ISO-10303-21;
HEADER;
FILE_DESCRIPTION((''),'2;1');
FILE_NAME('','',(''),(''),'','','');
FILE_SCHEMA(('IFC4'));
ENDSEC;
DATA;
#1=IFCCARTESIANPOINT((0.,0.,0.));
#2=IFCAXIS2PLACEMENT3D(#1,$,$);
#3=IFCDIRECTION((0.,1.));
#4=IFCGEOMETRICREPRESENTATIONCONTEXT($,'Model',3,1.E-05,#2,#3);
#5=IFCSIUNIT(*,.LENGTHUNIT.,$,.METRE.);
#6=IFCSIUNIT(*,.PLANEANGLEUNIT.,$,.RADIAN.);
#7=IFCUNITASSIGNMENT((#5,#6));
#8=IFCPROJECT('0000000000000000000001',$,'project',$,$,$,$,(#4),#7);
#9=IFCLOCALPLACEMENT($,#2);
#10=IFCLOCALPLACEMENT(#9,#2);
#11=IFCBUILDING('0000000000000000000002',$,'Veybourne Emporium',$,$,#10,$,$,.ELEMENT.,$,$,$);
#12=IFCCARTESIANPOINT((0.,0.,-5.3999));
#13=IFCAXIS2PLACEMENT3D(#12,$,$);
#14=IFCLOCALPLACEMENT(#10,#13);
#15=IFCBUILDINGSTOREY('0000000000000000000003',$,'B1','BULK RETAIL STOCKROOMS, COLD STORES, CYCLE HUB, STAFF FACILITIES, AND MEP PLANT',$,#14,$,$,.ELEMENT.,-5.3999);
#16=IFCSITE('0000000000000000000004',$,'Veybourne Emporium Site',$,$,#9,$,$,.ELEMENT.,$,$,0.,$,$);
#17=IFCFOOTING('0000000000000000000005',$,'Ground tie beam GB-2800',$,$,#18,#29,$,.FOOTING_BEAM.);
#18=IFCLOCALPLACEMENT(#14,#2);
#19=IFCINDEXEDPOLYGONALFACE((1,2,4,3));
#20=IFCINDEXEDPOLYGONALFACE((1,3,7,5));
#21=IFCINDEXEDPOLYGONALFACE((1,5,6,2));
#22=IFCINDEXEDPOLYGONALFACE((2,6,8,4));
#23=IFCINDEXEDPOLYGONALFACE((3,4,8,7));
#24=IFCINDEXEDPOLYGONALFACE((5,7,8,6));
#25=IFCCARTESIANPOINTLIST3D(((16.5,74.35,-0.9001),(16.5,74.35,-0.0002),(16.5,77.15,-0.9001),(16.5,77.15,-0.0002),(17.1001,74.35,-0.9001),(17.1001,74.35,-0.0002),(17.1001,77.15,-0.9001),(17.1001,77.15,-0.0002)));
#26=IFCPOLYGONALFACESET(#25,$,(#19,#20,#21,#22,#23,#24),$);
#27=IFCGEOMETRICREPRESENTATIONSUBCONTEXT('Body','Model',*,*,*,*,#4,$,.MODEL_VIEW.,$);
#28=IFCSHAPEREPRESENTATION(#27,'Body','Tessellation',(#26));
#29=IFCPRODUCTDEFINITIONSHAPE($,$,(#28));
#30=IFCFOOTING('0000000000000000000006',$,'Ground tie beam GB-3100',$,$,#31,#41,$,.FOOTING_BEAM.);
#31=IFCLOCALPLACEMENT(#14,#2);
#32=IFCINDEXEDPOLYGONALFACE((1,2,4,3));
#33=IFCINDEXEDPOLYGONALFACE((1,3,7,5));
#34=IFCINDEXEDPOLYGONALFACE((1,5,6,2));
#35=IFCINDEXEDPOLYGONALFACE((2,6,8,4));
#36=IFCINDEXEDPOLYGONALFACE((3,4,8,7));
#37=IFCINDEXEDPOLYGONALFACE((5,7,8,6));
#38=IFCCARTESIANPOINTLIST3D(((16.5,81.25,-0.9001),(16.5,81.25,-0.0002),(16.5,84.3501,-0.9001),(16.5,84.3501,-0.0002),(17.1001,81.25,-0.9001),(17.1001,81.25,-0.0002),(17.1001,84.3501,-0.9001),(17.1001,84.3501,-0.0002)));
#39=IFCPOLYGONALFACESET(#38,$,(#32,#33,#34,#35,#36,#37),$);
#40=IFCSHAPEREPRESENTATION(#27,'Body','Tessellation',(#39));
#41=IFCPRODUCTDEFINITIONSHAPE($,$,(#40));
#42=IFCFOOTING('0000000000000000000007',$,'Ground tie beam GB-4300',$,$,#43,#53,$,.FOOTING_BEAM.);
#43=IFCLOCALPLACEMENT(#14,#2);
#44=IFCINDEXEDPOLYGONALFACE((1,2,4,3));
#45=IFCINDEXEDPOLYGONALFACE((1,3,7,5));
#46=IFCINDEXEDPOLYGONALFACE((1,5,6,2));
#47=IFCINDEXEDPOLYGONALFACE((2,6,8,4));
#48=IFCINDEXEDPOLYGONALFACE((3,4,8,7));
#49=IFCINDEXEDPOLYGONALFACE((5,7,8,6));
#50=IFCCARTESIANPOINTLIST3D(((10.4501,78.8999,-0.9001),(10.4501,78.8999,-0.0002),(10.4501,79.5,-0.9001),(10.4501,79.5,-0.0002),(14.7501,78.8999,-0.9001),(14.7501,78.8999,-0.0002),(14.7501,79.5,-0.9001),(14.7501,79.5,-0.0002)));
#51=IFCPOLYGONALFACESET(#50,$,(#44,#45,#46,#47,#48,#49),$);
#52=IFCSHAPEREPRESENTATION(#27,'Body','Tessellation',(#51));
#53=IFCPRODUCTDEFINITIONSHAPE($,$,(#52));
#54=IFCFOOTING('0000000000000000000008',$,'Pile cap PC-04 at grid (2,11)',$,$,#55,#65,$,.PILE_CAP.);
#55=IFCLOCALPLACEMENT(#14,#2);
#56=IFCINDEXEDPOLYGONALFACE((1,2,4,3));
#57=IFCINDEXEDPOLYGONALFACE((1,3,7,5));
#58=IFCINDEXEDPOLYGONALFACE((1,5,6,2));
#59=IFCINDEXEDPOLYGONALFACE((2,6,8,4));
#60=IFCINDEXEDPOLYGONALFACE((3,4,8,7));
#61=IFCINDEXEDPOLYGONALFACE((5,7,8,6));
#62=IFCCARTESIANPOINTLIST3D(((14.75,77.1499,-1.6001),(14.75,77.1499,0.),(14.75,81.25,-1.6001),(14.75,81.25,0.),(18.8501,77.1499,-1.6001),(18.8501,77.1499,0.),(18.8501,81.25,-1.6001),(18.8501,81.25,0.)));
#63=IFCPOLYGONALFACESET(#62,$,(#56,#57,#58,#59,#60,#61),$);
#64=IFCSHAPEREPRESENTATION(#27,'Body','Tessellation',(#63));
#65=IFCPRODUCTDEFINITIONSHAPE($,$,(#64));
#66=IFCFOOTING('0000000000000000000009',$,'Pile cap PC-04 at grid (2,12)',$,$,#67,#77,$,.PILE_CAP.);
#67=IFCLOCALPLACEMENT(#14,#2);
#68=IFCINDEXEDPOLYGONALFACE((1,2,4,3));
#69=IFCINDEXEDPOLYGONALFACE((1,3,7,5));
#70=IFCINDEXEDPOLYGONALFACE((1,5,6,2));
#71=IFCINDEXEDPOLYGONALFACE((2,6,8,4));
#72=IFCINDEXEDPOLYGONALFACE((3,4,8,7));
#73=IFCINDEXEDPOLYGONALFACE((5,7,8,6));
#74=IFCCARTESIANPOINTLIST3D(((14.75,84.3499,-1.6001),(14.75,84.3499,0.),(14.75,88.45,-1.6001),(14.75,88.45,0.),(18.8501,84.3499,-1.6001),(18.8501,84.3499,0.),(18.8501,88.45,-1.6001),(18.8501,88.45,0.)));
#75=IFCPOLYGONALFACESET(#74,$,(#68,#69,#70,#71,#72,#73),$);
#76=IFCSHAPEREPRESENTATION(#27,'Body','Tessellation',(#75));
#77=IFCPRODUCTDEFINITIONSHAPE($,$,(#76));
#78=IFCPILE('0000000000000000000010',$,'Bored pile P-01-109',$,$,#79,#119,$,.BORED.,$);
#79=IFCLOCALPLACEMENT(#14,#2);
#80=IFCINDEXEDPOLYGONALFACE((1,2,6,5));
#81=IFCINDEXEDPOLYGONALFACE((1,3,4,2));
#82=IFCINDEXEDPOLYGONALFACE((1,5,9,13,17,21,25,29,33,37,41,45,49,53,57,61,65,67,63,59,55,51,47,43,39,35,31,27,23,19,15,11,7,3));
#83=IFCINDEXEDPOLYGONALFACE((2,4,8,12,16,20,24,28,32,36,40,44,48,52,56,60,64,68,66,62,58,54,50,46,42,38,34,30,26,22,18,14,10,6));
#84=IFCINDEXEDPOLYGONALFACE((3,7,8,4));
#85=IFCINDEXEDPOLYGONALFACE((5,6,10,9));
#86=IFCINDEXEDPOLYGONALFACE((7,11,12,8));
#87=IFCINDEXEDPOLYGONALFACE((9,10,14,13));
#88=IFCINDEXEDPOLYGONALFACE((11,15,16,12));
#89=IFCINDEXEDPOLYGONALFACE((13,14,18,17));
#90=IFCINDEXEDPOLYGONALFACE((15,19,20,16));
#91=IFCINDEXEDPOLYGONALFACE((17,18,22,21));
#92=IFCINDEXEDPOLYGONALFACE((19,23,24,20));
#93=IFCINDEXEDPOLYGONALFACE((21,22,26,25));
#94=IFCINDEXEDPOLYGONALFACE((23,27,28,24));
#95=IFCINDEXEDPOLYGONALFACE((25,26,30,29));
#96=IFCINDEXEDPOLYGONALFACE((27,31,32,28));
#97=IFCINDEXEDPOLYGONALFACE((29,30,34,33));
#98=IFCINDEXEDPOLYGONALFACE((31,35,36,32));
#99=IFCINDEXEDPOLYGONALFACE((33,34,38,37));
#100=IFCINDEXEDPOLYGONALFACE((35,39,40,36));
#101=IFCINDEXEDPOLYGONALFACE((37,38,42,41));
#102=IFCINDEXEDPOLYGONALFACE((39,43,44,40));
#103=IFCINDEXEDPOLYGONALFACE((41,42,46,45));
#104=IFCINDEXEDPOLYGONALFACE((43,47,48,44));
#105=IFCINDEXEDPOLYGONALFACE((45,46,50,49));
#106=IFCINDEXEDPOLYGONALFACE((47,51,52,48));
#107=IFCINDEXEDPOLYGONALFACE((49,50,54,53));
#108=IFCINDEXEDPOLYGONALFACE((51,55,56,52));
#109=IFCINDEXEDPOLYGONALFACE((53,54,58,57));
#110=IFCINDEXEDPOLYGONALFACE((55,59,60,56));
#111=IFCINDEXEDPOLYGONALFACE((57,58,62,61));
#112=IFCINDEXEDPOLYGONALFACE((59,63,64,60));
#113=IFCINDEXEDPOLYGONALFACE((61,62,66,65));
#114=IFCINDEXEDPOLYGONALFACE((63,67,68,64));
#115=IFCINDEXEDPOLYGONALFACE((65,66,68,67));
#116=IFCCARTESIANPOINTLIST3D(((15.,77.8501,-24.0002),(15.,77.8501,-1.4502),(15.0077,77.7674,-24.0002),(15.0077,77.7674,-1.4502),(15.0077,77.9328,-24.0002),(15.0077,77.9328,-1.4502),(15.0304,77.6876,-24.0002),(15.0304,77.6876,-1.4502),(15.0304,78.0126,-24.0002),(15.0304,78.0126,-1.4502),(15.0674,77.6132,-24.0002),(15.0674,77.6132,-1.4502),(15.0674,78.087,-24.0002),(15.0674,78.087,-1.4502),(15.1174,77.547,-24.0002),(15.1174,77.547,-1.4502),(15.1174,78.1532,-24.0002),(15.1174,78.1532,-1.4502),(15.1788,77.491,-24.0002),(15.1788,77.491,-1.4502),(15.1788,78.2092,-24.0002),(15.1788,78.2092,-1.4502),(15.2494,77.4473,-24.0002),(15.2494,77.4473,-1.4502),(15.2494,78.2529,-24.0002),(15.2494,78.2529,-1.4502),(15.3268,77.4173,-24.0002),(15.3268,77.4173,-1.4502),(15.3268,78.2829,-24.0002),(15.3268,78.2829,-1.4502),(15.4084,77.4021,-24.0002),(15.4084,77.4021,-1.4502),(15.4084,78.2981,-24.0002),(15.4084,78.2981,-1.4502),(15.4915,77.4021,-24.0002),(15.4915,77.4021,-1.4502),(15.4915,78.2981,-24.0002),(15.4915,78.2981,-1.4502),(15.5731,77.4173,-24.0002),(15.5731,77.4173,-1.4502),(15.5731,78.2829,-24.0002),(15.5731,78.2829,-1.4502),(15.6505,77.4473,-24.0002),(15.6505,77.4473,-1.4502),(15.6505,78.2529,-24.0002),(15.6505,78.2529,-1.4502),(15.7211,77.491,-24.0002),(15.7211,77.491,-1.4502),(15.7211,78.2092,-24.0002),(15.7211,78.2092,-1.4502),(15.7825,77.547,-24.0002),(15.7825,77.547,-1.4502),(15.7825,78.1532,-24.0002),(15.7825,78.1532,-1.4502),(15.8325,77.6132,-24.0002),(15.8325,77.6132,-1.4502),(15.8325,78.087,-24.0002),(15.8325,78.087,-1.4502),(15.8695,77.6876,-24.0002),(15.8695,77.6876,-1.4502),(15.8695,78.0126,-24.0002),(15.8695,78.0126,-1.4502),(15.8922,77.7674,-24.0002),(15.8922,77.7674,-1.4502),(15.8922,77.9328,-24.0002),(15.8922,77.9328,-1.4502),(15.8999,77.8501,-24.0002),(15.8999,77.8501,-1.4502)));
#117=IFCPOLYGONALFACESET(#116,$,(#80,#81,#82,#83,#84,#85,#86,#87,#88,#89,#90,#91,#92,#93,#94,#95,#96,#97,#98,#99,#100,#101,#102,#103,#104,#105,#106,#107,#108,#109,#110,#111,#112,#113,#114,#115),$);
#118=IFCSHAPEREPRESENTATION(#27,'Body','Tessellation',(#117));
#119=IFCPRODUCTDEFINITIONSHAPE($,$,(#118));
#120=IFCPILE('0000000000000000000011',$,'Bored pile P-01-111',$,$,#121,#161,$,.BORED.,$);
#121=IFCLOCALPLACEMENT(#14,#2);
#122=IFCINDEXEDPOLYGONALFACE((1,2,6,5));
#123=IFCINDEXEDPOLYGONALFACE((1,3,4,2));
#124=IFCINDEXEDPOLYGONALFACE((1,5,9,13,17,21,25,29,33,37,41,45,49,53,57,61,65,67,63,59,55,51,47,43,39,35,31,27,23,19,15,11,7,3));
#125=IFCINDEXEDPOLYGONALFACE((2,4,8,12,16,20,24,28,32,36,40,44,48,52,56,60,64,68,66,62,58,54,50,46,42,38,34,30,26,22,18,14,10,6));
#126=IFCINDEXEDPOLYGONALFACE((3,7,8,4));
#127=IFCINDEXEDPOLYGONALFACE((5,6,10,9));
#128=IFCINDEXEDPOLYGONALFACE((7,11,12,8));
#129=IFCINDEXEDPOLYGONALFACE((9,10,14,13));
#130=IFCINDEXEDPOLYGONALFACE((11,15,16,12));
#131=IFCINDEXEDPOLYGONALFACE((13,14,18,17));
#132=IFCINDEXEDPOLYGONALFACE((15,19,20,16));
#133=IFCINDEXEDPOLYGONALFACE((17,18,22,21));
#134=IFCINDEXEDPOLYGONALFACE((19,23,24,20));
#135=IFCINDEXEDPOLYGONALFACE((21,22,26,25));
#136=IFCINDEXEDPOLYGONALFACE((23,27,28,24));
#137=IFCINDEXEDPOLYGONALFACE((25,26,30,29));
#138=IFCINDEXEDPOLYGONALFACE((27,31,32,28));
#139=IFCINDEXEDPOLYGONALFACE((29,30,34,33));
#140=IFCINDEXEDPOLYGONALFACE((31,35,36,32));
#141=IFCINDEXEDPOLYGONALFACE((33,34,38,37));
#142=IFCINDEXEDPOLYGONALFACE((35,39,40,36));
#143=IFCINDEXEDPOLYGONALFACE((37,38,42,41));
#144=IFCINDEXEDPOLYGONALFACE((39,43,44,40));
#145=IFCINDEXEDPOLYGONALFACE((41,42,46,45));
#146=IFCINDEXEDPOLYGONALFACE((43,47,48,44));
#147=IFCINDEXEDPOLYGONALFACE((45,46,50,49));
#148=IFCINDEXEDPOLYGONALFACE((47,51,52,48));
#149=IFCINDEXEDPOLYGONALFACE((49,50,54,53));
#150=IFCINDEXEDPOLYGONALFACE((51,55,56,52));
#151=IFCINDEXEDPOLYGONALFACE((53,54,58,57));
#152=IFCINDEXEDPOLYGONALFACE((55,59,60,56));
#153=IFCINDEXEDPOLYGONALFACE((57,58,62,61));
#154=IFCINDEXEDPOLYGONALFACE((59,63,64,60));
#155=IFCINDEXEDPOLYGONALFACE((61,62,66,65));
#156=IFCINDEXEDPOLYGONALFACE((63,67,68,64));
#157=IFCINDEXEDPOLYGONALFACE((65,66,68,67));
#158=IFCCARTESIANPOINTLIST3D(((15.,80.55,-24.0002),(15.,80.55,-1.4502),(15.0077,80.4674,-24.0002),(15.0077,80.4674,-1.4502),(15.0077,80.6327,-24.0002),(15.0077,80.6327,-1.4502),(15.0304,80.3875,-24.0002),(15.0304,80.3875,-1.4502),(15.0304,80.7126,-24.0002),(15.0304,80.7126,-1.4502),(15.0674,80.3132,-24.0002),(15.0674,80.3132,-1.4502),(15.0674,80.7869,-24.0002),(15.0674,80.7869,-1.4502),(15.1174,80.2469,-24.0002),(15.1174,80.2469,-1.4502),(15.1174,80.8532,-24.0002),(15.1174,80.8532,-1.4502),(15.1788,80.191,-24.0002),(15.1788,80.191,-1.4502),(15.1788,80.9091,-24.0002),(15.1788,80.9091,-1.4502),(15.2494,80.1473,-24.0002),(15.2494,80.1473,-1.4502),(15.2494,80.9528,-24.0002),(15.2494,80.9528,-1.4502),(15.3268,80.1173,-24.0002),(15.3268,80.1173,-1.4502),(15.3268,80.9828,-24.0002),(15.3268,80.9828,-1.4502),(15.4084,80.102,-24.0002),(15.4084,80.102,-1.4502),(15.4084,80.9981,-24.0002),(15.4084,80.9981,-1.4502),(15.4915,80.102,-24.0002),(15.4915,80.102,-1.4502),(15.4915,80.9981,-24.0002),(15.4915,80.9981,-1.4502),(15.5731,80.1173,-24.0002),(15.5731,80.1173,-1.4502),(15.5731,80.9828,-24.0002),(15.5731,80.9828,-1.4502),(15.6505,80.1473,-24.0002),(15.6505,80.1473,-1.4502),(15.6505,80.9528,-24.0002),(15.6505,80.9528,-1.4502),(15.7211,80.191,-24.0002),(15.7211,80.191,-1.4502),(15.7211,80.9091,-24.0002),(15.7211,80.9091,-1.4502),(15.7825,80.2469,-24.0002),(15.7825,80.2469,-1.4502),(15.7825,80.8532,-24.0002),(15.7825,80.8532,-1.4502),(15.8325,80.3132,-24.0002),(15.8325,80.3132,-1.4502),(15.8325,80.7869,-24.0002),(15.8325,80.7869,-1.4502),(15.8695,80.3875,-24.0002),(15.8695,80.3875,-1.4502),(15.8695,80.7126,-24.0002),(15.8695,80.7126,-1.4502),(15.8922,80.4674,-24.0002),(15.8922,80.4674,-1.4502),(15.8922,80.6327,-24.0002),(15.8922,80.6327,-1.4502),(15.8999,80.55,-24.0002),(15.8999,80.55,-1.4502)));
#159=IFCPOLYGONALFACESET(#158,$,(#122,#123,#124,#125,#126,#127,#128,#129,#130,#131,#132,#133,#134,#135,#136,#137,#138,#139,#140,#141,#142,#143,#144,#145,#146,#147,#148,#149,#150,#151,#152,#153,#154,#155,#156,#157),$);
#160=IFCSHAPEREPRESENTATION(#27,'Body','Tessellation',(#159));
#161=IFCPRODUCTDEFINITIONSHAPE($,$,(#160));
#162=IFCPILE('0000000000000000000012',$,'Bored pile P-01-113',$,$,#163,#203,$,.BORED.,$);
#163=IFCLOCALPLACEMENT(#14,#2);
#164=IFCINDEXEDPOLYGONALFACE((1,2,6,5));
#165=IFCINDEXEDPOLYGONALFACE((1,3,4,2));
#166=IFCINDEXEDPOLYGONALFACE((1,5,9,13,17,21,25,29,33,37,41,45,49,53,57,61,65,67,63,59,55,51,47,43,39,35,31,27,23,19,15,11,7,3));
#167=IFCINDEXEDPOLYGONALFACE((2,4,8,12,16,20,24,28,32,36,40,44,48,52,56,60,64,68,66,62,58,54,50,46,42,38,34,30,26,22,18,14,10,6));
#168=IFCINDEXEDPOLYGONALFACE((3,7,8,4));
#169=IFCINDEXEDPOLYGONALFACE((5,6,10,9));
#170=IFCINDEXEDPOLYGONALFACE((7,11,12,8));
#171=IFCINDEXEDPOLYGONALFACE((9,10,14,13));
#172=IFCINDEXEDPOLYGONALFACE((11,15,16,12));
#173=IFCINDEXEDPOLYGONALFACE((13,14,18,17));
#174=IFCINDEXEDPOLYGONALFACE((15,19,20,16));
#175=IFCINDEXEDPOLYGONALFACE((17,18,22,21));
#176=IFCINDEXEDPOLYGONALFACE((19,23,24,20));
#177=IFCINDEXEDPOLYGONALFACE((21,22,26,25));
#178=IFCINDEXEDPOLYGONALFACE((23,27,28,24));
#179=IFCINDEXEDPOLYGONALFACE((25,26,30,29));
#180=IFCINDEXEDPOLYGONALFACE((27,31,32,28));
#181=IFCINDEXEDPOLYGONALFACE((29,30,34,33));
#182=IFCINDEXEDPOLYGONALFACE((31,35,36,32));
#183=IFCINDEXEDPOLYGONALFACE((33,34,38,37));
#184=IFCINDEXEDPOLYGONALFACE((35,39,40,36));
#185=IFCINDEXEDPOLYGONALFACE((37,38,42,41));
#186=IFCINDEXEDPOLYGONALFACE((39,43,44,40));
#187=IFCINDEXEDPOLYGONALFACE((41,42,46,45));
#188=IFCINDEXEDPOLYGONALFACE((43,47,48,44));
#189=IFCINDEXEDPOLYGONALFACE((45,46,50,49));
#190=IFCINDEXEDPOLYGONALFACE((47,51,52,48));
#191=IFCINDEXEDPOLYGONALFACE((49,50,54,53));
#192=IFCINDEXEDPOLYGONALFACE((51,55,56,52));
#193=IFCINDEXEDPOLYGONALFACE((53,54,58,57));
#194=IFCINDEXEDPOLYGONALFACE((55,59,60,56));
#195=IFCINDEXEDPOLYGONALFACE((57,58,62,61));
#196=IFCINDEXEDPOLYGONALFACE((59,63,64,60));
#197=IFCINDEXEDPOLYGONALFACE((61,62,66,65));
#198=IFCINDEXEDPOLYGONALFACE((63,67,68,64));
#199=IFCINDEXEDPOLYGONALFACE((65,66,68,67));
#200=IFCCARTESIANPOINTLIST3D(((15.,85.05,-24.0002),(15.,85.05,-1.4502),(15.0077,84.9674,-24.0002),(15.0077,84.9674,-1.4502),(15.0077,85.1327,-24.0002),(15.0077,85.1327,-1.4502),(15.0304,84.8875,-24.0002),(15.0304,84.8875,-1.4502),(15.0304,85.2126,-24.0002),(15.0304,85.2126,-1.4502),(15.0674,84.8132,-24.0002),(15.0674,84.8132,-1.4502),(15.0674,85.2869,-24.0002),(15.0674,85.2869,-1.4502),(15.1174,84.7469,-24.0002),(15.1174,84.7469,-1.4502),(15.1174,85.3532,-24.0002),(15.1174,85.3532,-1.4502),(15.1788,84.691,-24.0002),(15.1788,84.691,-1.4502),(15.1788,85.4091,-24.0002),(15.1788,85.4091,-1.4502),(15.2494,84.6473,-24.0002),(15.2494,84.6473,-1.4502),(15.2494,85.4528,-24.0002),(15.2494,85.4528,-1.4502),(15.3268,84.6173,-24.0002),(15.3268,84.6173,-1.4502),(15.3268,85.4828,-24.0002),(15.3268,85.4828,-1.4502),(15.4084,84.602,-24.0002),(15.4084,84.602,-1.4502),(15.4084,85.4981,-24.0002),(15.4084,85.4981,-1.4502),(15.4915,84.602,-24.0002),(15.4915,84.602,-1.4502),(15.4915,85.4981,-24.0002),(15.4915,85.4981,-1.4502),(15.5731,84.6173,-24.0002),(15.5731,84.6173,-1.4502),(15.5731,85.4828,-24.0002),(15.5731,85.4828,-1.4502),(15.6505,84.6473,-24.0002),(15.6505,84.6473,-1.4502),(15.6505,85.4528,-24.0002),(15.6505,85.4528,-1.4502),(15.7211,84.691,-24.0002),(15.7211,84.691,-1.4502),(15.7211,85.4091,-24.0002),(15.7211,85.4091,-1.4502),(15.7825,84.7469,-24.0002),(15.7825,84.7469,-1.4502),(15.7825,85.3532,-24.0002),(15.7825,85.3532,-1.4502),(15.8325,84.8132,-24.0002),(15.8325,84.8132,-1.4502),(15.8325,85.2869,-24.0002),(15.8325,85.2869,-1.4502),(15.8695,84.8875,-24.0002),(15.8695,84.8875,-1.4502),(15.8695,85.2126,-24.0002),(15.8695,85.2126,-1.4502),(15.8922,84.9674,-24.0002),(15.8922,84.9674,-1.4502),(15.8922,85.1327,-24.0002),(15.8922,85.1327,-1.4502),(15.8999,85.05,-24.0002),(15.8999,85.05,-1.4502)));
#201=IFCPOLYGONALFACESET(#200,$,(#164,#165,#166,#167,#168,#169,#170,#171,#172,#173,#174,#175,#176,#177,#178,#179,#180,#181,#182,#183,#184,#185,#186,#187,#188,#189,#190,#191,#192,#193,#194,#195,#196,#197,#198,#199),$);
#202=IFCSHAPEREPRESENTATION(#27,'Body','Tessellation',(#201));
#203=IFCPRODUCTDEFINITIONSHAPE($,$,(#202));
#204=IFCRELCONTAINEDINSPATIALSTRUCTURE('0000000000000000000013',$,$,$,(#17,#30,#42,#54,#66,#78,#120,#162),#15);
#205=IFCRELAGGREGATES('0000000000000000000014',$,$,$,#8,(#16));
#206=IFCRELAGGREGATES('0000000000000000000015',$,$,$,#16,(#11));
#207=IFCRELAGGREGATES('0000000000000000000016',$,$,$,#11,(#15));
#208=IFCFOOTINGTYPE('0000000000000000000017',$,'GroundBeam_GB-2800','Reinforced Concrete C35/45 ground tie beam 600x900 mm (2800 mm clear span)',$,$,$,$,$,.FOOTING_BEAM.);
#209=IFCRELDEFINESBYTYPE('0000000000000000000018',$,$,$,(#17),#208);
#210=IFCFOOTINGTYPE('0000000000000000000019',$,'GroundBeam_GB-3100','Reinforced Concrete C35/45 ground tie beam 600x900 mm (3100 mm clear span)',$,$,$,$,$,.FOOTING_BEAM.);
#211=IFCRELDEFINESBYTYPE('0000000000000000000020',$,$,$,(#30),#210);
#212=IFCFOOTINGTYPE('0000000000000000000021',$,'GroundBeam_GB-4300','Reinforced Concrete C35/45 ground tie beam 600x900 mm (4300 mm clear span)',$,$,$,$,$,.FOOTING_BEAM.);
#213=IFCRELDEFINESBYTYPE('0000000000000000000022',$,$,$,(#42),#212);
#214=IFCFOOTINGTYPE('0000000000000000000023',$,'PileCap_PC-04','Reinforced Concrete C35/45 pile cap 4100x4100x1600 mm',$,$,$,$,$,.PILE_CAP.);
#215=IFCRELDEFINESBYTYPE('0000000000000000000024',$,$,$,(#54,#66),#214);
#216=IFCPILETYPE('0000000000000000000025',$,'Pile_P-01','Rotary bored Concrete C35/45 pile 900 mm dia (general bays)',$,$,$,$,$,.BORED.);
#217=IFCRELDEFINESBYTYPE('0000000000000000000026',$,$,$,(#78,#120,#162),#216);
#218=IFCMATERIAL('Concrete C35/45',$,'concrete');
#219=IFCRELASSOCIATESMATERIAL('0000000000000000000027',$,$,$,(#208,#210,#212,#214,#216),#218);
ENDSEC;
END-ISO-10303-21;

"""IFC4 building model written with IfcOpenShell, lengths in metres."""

from ifc_helpers import new_model, si_unit, direction, frame, origin, origin_2d, place, context, subcontext, project, spatial, rectangle, circle, extrude, material, material_profile, profile_set, type_object, element, save


model = new_model("IFC4")

# Units and contexts
model_context = context("Model", 3, precision=1e-05, world=origin(), true_north=direction((0.0, 1.0)))
body_context = subcontext(model_context, "Body", "Model", "MODEL_VIEW")
ifc_project = project(units=[si_unit("LENGTHUNIT", "METRE"), si_unit("PLANEANGLEUNIT", "RADIAN")], contexts=[model_context])

# Site, building, storey
site_placement = place(None, origin())
site = spatial("IfcSite", under=ifc_project, at=site_placement, Name="Veybourne Emporium Site", CompositionType="ELEMENT", RefElevation=0.0)
building_placement = place(site_placement, origin())
building = spatial("IfcBuilding", under=site, at=building_placement, Name="Veybourne Emporium", CompositionType="ELEMENT")
storey_placement = place(building_placement, frame((0.0, 0.0, -5.3999)))
storey = spatial("IfcBuildingStorey", under=building, at=storey_placement, Name="B1", Description="BULK RETAIL STOCKROOMS, COLD STORES, CYCLE HUB, STAFF FACILITIES, AND MEP PLANT", CompositionType="ELEMENT", Elevation=-5.3999)

# Footings
ifc_material_1 = material(Name="Concrete C35/45", Category="concrete")
footing_type_1 = type_object("IfcFootingType", Name="GroundBeam_GB-2800", Description="Reinforced Concrete C35/45 ground tie beam 600x900 mm (2800 mm clear span)", PredefinedType="FOOTING_BEAM", material=ifc_material_1)
footing_1_placement = place(storey_placement, frame((16.8, 75.75, -0.9001), z_axis=(0.0, 0.0, 1.0), x_axis=(0.0, 1.0, 0.0)))
element("IfcFooting", 1, at=footing_1_placement, inside=storey, type_object=footing_type_1, Name="Ground tie beam GB-2800", PredefinedType="FOOTING_BEAM", context=body_context, shape_type="SweptSolid", body=[
    extrude(rectangle(XDim=2.8, YDim=0.6001, at=origin_2d()), origin(), (0.0, 0.0, 1.0), 0.8999),
])
footing_type_2 = type_object("IfcFootingType", Name="GroundBeam_GB-3100", Description="Reinforced Concrete C35/45 ground tie beam 600x900 mm (3100 mm clear span)", PredefinedType="FOOTING_BEAM", material=ifc_material_1)
footing_2_placement = place(storey_placement, frame((16.8, 82.8, -0.9001), z_axis=(0.0, 0.0, 1.0), x_axis=(0.0, 1.0, 0.0)))
element("IfcFooting", 2, at=footing_2_placement, inside=storey, type_object=footing_type_2, Name="Ground tie beam GB-3100", PredefinedType="FOOTING_BEAM", context=body_context, shape_type="SweptSolid", body=[
    extrude(rectangle(XDim=3.1001, YDim=0.6001, at=origin_2d()), origin(), (0.0, 0.0, 1.0), 0.8999),
])
footing_type_3 = type_object("IfcFootingType", Name="GroundBeam_GB-4300", Description="Reinforced Concrete C35/45 ground tie beam 600x900 mm (4300 mm clear span)", PredefinedType="FOOTING_BEAM", material=ifc_material_1)
footing_3_placement = place(storey_placement, frame((12.6001, 79.2, -0.9001), z_axis=(0.0, 0.0, 1.0), x_axis=(1.0, 0.0, 0.0)))
element("IfcFooting", 3, at=footing_3_placement, inside=storey, type_object=footing_type_3, Name="Ground tie beam GB-4300", PredefinedType="FOOTING_BEAM", context=body_context, shape_type="SweptSolid", body=[
    extrude(rectangle(XDim=4.3, YDim=0.6001, at=origin_2d()), origin(), (0.0, 0.0, 1.0), 0.8999),
])
footing_type_4 = type_object("IfcFootingType", Name="PileCap_PC-04", Description="Reinforced Concrete C35/45 pile cap 4100x4100x1600 mm", PredefinedType="PILE_CAP", material=ifc_material_1)
for number, where, z_axis, x_axis, name in (
    (4, (16.8, 79.2, -1.6001), (0.0, 0.0, 1.0), (1.0, 0.0, 0.0), "Pile cap PC-04 at grid (2,11)"),
    (5, (16.8, 86.3999, -1.6001), (0.0, 0.0, 1.0), (1.0, 0.0, 0.0), "Pile cap PC-04 at grid (2,12)"),
):
    element("IfcFooting", number, at=place(storey_placement, frame(where, z_axis=z_axis, x_axis=x_axis)), inside=storey, type_object=footing_type_4, Name=name, PredefinedType="PILE_CAP", context=body_context, shape_type="SweptSolid", body=[
        extrude(rectangle(XDim=4.1001, YDim=4.1001, at=origin_2d()), origin(), (0.0, 0.0, 1.0), 1.6001),
    ])

# Piles
ifc_material_profile_1 = material_profile(ifc_material_1, circle(Radius=0.45, at=origin_2d()), Name="BORED PILE 900")
ifc_profile_set_1 = profile_set([ifc_material_profile_1], Name="Concrete C35/45")
pile_type_1 = type_object("IfcPileType", Name="Pile_P-01", Description="Rotary bored Concrete C35/45 pile 900 mm dia (general bays)", PredefinedType="BORED", material=ifc_profile_set_1)
for number, where, z_axis, x_axis, name in (
    (6, (15.45, 77.8501, -1.4502), (0.0, 0.0, -1.0), (1.0, 0.0, 0.0), "Bored pile P-01-109"),
    (7, (15.45, 80.55, -1.4502), (0.0, 0.0, -1.0), (1.0, 0.0, 0.0), "Bored pile P-01-111"),
    (8, (15.45, 85.05, -1.4502), (0.0, 0.0, -1.0), (1.0, 0.0, 0.0), "Bored pile P-01-113"),
):
    element("IfcPile", number, at=place(storey_placement, frame(where, z_axis=z_axis, x_axis=x_axis)), inside=storey, type_object=pile_type_1, Name=name, PredefinedType="BORED", context=body_context, shape_type="SweptSolid", body=[
        extrude(circle(Radius=0.45, at=origin_2d()), origin(), (0.0, 0.0, 1.0), 22.55),
    ])

save(model, "model.ifc")
